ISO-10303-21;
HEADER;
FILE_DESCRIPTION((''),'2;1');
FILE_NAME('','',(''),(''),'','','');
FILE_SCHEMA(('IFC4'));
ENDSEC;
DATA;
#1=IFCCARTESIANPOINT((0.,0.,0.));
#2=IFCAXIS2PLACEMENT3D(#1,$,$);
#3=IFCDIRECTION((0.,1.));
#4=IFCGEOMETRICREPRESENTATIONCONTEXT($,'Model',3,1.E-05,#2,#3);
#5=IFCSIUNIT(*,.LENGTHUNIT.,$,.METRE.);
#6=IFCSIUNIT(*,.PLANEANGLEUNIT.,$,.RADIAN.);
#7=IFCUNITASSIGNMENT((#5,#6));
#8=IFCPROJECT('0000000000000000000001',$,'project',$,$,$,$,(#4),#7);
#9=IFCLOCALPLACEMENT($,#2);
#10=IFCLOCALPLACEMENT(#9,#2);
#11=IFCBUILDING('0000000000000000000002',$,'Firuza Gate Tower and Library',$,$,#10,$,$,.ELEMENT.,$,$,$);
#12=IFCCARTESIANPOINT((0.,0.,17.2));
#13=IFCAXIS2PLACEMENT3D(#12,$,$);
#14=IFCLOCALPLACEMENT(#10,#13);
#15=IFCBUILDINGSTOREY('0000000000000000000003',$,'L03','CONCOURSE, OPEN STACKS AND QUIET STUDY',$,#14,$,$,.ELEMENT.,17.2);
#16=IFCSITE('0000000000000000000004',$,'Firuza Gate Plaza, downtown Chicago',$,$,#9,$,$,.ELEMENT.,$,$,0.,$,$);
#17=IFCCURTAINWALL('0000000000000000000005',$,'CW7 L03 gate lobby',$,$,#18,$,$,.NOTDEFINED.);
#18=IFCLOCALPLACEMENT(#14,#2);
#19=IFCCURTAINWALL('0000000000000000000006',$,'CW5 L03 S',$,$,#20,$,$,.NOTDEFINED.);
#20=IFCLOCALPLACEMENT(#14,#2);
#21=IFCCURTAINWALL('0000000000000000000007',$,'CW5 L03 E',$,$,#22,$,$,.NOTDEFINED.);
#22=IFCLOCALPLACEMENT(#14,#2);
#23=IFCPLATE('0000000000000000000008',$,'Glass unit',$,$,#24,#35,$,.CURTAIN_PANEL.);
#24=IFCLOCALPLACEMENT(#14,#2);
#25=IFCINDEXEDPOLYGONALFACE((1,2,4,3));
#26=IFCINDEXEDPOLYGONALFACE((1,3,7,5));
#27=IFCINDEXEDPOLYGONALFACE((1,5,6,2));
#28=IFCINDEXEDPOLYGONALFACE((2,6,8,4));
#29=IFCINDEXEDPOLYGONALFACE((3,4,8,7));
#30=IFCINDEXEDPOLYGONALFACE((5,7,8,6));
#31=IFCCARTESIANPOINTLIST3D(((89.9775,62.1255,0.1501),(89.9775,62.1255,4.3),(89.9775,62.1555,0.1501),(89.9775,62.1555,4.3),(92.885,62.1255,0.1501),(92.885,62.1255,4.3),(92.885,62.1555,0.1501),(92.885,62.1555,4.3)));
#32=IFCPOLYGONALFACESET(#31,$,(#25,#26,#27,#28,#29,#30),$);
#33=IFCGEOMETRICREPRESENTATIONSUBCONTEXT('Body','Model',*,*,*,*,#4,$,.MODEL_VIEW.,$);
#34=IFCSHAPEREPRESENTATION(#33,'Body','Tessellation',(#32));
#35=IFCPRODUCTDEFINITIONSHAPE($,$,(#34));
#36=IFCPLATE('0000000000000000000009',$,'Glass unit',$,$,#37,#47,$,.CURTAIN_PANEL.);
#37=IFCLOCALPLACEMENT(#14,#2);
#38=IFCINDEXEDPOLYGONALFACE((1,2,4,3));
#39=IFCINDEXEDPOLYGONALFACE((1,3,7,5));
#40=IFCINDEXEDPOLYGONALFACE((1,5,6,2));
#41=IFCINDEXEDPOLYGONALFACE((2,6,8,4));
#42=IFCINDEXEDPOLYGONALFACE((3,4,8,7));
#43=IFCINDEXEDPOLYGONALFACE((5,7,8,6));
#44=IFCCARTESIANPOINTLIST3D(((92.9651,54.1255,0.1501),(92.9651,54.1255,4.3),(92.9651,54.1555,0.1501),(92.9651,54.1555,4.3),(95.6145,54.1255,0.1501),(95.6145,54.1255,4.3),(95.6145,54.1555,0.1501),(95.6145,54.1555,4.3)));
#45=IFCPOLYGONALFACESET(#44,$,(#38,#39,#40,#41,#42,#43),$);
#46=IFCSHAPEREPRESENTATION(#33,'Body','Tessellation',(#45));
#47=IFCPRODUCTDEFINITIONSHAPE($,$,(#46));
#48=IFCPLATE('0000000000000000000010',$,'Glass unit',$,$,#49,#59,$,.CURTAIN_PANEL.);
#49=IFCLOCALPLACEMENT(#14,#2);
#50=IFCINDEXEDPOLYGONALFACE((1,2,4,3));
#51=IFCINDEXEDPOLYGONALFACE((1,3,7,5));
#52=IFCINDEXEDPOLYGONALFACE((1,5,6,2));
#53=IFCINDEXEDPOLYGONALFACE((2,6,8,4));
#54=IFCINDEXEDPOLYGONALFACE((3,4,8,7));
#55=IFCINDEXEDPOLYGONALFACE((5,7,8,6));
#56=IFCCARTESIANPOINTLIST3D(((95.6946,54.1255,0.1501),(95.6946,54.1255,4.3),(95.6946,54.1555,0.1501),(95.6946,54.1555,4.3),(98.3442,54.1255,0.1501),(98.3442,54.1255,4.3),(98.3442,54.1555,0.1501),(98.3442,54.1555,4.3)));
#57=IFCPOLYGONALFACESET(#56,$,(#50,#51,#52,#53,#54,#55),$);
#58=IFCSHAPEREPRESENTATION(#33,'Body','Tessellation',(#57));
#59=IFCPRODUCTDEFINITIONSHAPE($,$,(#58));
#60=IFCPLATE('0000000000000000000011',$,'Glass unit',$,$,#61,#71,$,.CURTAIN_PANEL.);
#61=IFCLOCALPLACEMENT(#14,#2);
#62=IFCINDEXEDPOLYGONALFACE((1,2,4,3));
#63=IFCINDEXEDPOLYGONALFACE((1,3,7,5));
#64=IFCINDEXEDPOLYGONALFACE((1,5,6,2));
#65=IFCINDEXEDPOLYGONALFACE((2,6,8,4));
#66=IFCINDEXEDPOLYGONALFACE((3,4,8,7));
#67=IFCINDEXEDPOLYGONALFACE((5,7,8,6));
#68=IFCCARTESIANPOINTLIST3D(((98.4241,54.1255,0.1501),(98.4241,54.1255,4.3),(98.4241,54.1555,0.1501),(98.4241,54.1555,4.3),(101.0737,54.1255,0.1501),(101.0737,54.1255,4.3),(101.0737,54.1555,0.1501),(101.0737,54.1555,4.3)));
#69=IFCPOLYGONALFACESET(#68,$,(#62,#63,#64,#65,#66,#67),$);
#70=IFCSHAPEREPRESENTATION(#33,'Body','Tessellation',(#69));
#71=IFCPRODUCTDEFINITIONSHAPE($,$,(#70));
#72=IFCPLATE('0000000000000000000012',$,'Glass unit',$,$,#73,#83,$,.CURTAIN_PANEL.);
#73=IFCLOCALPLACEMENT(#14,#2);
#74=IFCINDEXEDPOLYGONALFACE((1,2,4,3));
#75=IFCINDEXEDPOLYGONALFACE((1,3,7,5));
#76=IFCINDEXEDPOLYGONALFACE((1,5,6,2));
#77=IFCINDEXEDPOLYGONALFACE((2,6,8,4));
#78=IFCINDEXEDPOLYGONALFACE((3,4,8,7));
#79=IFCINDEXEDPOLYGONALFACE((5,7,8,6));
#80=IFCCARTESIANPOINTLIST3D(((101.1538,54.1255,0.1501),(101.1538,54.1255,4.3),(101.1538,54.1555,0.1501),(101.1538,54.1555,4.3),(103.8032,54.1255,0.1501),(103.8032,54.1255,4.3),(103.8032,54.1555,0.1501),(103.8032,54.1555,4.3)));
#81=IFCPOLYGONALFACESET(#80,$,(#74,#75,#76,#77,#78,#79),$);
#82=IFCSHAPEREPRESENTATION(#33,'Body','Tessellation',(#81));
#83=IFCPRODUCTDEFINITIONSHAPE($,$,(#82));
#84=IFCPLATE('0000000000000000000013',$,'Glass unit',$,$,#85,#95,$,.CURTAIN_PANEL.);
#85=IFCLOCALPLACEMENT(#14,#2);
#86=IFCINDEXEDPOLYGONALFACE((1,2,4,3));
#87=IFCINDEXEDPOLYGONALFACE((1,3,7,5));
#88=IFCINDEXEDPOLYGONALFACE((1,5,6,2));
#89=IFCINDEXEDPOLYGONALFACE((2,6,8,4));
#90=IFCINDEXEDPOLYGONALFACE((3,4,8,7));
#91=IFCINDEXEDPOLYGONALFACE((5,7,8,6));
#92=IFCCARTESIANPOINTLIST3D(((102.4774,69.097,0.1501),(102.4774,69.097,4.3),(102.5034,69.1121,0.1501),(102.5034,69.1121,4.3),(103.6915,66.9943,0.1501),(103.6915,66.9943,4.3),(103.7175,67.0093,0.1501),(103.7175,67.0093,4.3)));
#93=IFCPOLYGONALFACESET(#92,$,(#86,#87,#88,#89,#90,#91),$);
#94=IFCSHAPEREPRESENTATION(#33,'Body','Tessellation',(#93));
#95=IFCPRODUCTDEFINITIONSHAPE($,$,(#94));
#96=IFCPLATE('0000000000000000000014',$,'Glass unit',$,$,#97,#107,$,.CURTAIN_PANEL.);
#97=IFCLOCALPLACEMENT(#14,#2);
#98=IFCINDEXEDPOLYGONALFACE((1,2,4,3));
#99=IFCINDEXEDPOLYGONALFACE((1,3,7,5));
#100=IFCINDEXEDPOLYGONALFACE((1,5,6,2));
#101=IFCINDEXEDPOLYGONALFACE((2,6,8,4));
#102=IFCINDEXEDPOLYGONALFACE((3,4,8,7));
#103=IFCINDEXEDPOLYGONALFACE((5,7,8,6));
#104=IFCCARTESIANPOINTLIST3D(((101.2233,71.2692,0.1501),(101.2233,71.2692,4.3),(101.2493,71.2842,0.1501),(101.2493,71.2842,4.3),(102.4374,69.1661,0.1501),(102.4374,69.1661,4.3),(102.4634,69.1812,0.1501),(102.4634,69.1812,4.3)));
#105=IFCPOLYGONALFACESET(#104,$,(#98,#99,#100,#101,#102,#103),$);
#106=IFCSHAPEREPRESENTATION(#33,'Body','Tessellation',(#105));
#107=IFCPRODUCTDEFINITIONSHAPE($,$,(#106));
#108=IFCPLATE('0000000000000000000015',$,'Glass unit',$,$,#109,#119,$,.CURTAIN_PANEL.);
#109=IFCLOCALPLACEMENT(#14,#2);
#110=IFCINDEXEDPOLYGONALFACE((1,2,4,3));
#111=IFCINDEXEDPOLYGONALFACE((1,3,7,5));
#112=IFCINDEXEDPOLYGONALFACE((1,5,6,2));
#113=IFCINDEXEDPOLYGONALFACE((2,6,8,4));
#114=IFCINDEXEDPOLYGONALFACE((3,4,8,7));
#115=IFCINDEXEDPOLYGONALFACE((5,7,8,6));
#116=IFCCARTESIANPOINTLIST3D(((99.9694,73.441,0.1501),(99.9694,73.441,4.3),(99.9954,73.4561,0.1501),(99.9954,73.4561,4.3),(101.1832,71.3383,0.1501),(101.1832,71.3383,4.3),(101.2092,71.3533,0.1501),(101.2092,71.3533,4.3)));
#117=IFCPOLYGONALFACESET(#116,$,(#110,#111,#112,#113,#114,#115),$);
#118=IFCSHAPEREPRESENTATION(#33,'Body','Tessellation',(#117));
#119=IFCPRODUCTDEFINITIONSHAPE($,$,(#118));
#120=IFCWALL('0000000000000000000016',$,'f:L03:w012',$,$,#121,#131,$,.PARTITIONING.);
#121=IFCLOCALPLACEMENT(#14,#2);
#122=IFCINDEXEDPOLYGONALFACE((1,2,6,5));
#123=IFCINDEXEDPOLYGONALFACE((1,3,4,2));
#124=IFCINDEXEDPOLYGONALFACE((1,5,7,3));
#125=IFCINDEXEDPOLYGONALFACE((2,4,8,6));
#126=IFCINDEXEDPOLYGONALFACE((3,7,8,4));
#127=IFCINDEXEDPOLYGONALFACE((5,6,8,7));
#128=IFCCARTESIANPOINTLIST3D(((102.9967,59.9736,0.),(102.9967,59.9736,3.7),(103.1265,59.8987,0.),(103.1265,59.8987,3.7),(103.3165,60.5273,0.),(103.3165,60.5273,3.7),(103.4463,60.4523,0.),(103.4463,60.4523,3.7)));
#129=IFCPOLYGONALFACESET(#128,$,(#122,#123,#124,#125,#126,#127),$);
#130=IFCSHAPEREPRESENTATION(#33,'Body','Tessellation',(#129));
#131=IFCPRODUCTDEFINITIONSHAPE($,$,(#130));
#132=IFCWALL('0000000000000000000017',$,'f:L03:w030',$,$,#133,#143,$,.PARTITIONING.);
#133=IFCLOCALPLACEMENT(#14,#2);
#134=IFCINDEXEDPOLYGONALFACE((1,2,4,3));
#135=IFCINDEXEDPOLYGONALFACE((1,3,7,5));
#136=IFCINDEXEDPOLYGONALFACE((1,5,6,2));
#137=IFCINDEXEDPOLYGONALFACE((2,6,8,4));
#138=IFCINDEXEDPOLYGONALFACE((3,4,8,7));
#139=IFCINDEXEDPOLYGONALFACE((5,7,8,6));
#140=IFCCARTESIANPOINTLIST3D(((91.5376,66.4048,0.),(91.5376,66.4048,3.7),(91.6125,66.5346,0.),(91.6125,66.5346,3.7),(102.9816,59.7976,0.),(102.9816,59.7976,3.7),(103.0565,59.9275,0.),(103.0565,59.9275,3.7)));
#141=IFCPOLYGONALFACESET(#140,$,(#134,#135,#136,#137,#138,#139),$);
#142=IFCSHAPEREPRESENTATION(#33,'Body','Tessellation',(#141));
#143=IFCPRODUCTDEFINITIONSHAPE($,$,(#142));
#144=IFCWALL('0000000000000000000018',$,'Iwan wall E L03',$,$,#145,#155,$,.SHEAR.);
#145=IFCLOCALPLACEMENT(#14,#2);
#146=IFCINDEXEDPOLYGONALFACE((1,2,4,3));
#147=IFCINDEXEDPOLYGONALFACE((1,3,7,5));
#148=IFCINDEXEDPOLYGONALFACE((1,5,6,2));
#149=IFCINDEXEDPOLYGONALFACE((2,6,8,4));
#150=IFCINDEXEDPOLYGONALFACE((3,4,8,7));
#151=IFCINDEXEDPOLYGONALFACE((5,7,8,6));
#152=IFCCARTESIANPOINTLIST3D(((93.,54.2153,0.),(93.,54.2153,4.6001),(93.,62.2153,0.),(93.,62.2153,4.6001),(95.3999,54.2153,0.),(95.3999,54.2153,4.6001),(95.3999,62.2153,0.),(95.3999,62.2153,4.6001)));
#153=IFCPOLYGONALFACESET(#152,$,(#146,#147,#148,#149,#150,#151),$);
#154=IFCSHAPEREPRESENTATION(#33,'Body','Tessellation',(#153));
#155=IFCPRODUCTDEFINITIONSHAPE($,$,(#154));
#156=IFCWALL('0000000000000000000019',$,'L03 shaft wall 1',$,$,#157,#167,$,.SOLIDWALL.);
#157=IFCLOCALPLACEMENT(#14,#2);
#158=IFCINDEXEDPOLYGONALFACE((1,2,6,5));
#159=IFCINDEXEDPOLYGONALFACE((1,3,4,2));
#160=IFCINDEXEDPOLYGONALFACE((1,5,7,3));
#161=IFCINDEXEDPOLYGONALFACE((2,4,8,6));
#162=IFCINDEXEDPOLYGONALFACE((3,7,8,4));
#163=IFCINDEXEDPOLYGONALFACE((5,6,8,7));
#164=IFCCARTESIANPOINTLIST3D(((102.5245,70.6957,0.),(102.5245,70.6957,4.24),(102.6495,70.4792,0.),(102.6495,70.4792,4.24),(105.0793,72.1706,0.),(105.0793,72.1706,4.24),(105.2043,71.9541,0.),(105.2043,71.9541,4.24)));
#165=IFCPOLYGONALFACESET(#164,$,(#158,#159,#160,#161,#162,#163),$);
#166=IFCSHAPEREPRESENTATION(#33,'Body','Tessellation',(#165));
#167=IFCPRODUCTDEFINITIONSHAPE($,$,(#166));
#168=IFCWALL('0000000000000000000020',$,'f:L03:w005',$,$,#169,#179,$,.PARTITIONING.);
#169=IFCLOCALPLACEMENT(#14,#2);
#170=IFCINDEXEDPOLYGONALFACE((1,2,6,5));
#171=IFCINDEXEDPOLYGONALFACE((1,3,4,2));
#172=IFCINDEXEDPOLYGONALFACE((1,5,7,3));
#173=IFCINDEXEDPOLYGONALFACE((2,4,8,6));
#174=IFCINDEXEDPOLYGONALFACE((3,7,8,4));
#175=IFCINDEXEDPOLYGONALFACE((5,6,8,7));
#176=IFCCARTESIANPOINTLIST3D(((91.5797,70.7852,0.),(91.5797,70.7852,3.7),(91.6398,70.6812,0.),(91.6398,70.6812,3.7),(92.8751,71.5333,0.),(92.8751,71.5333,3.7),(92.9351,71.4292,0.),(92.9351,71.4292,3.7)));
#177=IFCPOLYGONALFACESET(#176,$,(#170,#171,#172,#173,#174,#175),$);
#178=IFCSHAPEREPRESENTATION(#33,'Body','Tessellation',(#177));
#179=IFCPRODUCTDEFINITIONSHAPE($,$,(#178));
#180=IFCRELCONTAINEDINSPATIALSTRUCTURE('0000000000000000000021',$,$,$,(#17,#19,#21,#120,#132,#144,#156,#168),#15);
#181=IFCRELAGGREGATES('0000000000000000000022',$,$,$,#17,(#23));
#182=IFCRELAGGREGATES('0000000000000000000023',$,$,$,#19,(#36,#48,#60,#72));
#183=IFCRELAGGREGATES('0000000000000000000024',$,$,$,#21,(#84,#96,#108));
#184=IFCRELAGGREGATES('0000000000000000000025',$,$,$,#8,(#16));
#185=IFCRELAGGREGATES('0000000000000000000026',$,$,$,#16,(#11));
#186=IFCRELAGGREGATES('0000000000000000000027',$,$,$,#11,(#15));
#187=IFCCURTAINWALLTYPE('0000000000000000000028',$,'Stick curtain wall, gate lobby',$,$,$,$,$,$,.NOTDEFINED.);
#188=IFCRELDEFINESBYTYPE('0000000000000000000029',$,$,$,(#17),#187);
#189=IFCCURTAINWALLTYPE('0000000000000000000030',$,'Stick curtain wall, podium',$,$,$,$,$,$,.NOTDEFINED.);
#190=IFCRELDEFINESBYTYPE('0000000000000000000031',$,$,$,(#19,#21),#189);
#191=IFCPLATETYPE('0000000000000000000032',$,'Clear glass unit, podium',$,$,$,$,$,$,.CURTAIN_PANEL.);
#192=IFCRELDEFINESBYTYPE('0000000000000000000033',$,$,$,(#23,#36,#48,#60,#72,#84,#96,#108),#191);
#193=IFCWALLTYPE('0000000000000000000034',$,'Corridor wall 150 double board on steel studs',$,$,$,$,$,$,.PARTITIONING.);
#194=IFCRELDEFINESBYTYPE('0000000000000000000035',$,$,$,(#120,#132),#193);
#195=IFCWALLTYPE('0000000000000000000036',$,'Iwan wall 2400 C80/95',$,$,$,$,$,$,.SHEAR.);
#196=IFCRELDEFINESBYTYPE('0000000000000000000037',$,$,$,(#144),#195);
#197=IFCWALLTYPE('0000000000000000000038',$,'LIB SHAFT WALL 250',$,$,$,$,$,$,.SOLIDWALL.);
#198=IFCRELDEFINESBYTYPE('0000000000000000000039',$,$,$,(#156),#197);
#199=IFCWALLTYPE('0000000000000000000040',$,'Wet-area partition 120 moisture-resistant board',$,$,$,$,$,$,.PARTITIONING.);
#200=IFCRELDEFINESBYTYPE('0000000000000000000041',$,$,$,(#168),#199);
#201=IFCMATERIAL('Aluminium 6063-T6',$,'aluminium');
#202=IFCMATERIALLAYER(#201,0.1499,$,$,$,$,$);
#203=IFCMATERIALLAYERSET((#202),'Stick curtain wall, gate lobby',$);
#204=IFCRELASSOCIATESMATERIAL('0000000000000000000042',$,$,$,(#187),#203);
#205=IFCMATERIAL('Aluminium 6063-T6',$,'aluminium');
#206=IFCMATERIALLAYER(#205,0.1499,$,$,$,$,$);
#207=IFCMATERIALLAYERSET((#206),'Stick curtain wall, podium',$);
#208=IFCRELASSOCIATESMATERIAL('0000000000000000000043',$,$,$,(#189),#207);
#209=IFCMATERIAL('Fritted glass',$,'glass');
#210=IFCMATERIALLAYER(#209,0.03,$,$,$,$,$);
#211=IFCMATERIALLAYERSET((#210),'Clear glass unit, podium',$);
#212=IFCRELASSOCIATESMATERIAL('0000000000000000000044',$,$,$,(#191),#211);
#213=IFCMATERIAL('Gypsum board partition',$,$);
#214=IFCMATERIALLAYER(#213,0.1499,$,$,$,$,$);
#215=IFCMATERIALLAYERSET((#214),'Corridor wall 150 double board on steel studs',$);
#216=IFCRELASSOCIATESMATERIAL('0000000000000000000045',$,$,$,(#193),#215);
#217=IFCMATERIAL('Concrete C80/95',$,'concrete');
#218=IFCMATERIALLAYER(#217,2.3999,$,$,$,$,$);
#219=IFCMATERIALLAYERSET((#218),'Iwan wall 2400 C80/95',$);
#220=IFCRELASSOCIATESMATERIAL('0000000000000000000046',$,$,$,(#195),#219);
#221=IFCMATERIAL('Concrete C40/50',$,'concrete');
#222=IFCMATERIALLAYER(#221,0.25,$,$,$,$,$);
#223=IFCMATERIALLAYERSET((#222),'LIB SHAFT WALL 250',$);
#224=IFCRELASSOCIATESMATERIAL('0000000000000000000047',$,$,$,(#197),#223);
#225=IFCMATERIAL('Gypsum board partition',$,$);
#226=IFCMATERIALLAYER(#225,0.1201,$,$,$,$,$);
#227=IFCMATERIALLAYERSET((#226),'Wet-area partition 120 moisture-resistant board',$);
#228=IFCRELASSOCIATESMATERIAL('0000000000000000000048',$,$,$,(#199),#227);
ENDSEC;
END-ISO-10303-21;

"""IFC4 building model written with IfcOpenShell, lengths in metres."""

from ifc_helpers import new_model, si_unit, direction, frame, frame_2d, origin, place, context, subcontext, project, spatial, polyline, rectangle, outline, extrude, material, layer, layer_set, type_object, element, aggregate, save


model = new_model("IFC4")

# Units and contexts
model_context = context("Model", 3, precision=1e-05, world=origin(), true_north=direction((0.0, 1.0)))
body_context = subcontext(model_context, "Body", "Model", "MODEL_VIEW")
ifc_project = project(units=[si_unit("LENGTHUNIT", "METRE"), si_unit("PLANEANGLEUNIT", "RADIAN")], contexts=[model_context])

# Site, building, storey
site_placement = place(None, origin())
site = spatial("IfcSite", under=ifc_project, at=site_placement, Name="Firuza Gate Plaza, downtown Chicago", CompositionType="ELEMENT", RefElevation=0.0)
building_placement = place(site_placement, origin())
building = spatial("IfcBuilding", under=site, at=building_placement, Name="Firuza Gate Tower and Library", CompositionType="ELEMENT")
storey_placement = place(building_placement, frame((0.0, 0.0, 17.2)))
storey = spatial("IfcBuildingStorey", under=building, at=storey_placement, Name="L03", Description="CONCOURSE, OPEN STACKS AND QUIET STUDY", CompositionType="ELEMENT", Elevation=17.2)

# Curtain walls
ifc_material_1 = material(Name="Aluminium 6063-T6", Category="aluminium")
ifc_layer_1 = layer(ifc_material_1, 0.1499)
ifc_layer_set_1 = layer_set([ifc_layer_1], Name="Stick curtain wall, gate lobby")
curtain_wall_type_1 = type_object("IfcCurtainWallType", Name="Stick curtain wall, gate lobby", PredefinedType="NOTDEFINED", material=ifc_layer_set_1)
placement = place(storey_placement, origin())
curtain_wall_1 = element("IfcCurtainWall", 1, at=placement, inside=storey, type_object=curtain_wall_type_1, Name="CW7 L03 gate lobby", PredefinedType="NOTDEFINED")
ifc_material_2 = material(Name="Aluminium 6063-T6", Category="aluminium")
ifc_layer_2 = layer(ifc_material_2, 0.1499)
ifc_layer_set_2 = layer_set([ifc_layer_2], Name="Stick curtain wall, podium")
curtain_wall_type_2 = type_object("IfcCurtainWallType", Name="Stick curtain wall, podium", PredefinedType="NOTDEFINED", material=ifc_layer_set_2)
curtain_wall_2 = element("IfcCurtainWall", 2, at=placement, inside=storey, type_object=curtain_wall_type_2, Name="CW5 L03 S", PredefinedType="NOTDEFINED")
curtain_wall_3 = element("IfcCurtainWall", 3, at=placement, inside=storey, type_object=curtain_wall_type_2, Name="CW5 L03 E", PredefinedType="NOTDEFINED")

# Plates
ifc_material_3 = material(Name="Fritted glass", Category="glass")
ifc_layer_3 = layer(ifc_material_3, 0.03)
ifc_layer_set_3 = layer_set([ifc_layer_3], Name="Clear glass unit, podium")
plate_type = type_object("IfcPlateType", Name="Clear glass unit, podium", PredefinedType="CURTAIN_PANEL", material=ifc_layer_set_3)
plate_1_placement = place(storey_placement, frame((89.9775, 62.1255, 0.1501), z_axis=(0.0, -1.0, 0.0), x_axis=(1.0, 0.0, 0.0)))
plate_1 = element("IfcPlate", 4, at=plate_1_placement, type_object=plate_type, Name="Glass unit", PredefinedType="CURTAIN_PANEL", context=body_context, shape_type="SweptSolid", body=[
    extrude(outline(polyline([(0.0, 0.0), (2.9075, 0.0), (2.9075, 4.1499), (0.0, 4.1499), (0.0, 0.0)])), origin(), (0.0, 0.0, -1.0), 0.03),
])
aggregate(curtain_wall_1, [plate_1])
plate_2_placement = place(storey_placement, frame((92.9651, 54.1255, 0.1501), z_axis=(0.0, -1.0, 0.0), x_axis=(1.0, 0.0, 0.0)))
plate_2 = element("IfcPlate", 5, at=plate_2_placement, type_object=plate_type, Name="Glass unit", PredefinedType="CURTAIN_PANEL", context=body_context, shape_type="SweptSolid", body=[
    extrude(outline(polyline([(0.0, 0.0), (2.6494, 0.0), (2.6494, 4.1499), (0.0, 4.1499), (0.0, 0.0)])), origin(), (0.0, 0.0, -1.0), 0.03),
])
plate_3_placement = place(storey_placement, frame((95.6946, 54.1255, 0.1501), z_axis=(0.0, -1.0, 0.0), x_axis=(1.0, 0.0, 0.0)))
plate_3 = element("IfcPlate", 6, at=plate_3_placement, type_object=plate_type, Name="Glass unit", PredefinedType="CURTAIN_PANEL", context=body_context, shape_type="SweptSolid", body=[
    extrude(outline(polyline([(0.0, 0.0), (2.6497, 0.0), (2.6497, 4.1499), (0.0, 4.1499), (0.0, 0.0)])), origin(), (0.0, 0.0, -1.0), 0.03),
])
plate_4_placement = place(storey_placement, frame((98.4241, 54.1255, 0.1501), z_axis=(0.0, -1.0, 0.0), x_axis=(1.0, 0.0, 0.0)))
plate_4 = element("IfcPlate", 7, at=plate_4_placement, type_object=plate_type, Name="Glass unit", PredefinedType="CURTAIN_PANEL", context=body_context, shape_type="SweptSolid", body=[
    extrude(outline(polyline([(0.0, 0.0), (2.6497, 0.0), (2.6497, 4.1499), (0.0, 4.1499), (0.0, 0.0)])), origin(), (0.0, 0.0, -1.0), 0.03),
])
plate_5_placement = place(storey_placement, frame((101.1538, 54.1255, 0.1501), z_axis=(0.0, -1.0, 0.0), x_axis=(1.0, 0.0, 0.0)))
plate_5 = element("IfcPlate", 8, at=plate_5_placement, type_object=plate_type, Name="Glass unit", PredefinedType="CURTAIN_PANEL", context=body_context, shape_type="SweptSolid", body=[
    extrude(outline(polyline([(0.0, 0.0), (2.6494, 0.0), (2.6494, 4.1499), (0.0, 4.1499), (0.0, 0.0)])), origin(), (0.0, 0.0, -1.0), 0.03),
])
aggregate(curtain_wall_2, [plate_2, plate_3, plate_4, plate_5])
plate_6_placement = place(storey_placement, frame((103.7175, 67.0093, 0.1501), z_axis=(0.866013, 0.500021, 0.0), x_axis=(-0.500021, 0.866013, 0.0)))
plate_6 = element("IfcPlate", 9, at=plate_6_placement, type_object=plate_type, Name="Glass unit", PredefinedType="CURTAIN_PANEL", context=body_context, shape_type="SweptSolid", body=[
    extrude(outline(polyline([(0.0, 0.0), (2.4281, 0.0), (2.4281, 4.1499), (0.0, 4.1499), (0.0, 0.0)])), origin(), (0.0, 0.0, -1.0), 0.03),
])
plate_7_placement = place(storey_placement, frame((102.4634, 69.1812, 0.1501), z_axis=(0.866038, 0.499978, 0.0), x_axis=(-0.499978, 0.866038, 0.0)))
plate_7 = element("IfcPlate", 10, at=plate_7_placement, type_object=plate_type, Name="Glass unit", PredefinedType="CURTAIN_PANEL", context=body_context, shape_type="SweptSolid", body=[
    extrude(outline(polyline([(0.0, 0.0), (2.4283, 0.0), (2.4283, 4.1499), (0.0, 4.1499), (0.0, 0.0)])), origin(), (0.0, 0.0, -1.0), 0.03),
])
plate_8_placement = place(storey_placement, frame((101.2092, 71.3533, 0.1501), z_axis=(0.866057, 0.499946, 0.0), x_axis=(-0.499946, 0.866057, 0.0)))
plate_8 = element("IfcPlate", 11, at=plate_8_placement, type_object=plate_type, Name="Glass unit", PredefinedType="CURTAIN_PANEL", context=body_context, shape_type="SweptSolid", body=[
    extrude(outline(polyline([(0.0, 0.0), (2.428, 0.0), (2.428, 4.1499), (0.0, 4.1499), (0.0, 0.0)])), origin(), (0.0, 0.0, -1.0), 0.03),
])
aggregate(curtain_wall_3, [plate_6, plate_7, plate_8])

# Walls
ifc_material_4 = material(Name="Gypsum board partition")
ifc_layer_4 = layer(ifc_material_4, 0.1499)
ifc_layer_set_4 = layer_set([ifc_layer_4], Name="Corridor wall 150 double board on steel studs")
wall_type_1 = type_object("IfcWallType", Name="Corridor wall 150 double board on steel studs", PredefinedType="PARTITIONING", material=ifc_layer_set_4)
wall_1_placement = place(storey_placement, frame((103.0615, 59.936, 0.0), z_axis=(0.0, 0.0, 1.0), x_axis=(0.500163, 0.865931, 0.0)))
element("IfcWall", 12, at=wall_1_placement, inside=storey, type_object=wall_type_1, Name="f:L03:w012", PredefinedType="PARTITIONING", context=body_context, shape_type="SweptSolid", body=[
    extrude(rectangle(XDim=0.6394, YDim=0.1499, at=frame_2d((0.3198, 0.0))), origin(), (0.0, 0.0, 1.0), 3.7),
])
wall_2_placement = place(storey_placement, frame((103.019, 59.8625, 0.0), z_axis=(0.0, 0.0, 1.0), x_axis=(-0.866028, 0.499996, 0.0)))
element("IfcWall", 13, at=wall_2_placement, inside=storey, type_object=wall_type_1, Name="f:L03:w030", PredefinedType="PARTITIONING", context=body_context, shape_type="SweptSolid", body=[
    extrude(rectangle(XDim=13.2144, YDim=0.1499, at=frame_2d((6.6072, 0.0))), origin(), (0.0, 0.0, 1.0), 3.7),
])
ifc_material_5 = material(Name="Concrete C80/95", Category="concrete")
ifc_layer_5 = layer(ifc_material_5, 2.3999)
ifc_layer_set_5 = layer_set([ifc_layer_5], Name="Iwan wall 2400 C80/95")
wall_type_2 = type_object("IfcWallType", Name="Iwan wall 2400 C80/95", PredefinedType="SHEAR", material=ifc_layer_set_5)
wall_3_placement = place(storey_placement, frame((94.2, 54.2153, 0.0), z_axis=(0.0, 0.0, 1.0), x_axis=(0.0, 1.0, 0.0)))
element("IfcWall", 14, at=wall_3_placement, inside=storey, type_object=wall_type_2, Name="Iwan wall E L03", PredefinedType="SHEAR", context=body_context, shape_type="SweptSolid", body=[
    extrude(rectangle(XDim=8.0, YDim=2.3999, at=frame_2d((4.0, 0.0))), origin(), (0.0, 0.0, 1.0), 4.6001),
])
ifc_material_6 = material(Name="Concrete C40/50", Category="concrete")
ifc_layer_6 = layer(ifc_material_6, 0.25)
ifc_layer_set_6 = layer_set([ifc_layer_6], Name="LIB SHAFT WALL 250")
wall_type_3 = type_object("IfcWallType", Name="LIB SHAFT WALL 250", PredefinedType="SOLIDWALL", material=ifc_layer_set_6)
wall_4_placement = place(storey_placement, frame((102.5869, 70.5874, 0.0), z_axis=(0.0, 0.0, 1.0), x_axis=(0.866039, 0.499976, 0.0)))
element("IfcWall", 15, at=wall_4_placement, inside=storey, type_object=wall_type_3, Name="L03 shaft wall 1", PredefinedType="SOLIDWALL", context=body_context, shape_type="SweptSolid", body=[
    extrude(rectangle(XDim=2.95, YDim=0.25, at=frame_2d((1.4751, 0.0))), origin(), (0.0, 0.0, 1.0), 4.24),
])
ifc_material_7 = material(Name="Gypsum board partition")
ifc_layer_7 = layer(ifc_material_7, 0.1201)
ifc_layer_set_7 = layer_set([ifc_layer_7], Name="Wet-area partition 120 moisture-resistant board")
wall_type_4 = type_object("IfcWallType", Name="Wet-area partition 120 moisture-resistant board", PredefinedType="PARTITIONING", material=ifc_layer_set_7)
wall_5_placement = place(storey_placement, frame((91.6096, 70.7332, 0.0), z_axis=(0.0, 0.0, 1.0), x_axis=(0.865984, 0.500071, 0.0)))
element("IfcWall", 16, at=wall_5_placement, inside=storey, type_object=wall_type_4, Name="f:L03:w005", PredefinedType="PARTITIONING", context=body_context, shape_type="SweptSolid", body=[
    extrude(rectangle(XDim=1.4958, YDim=0.1201, at=frame_2d((0.748, 0.0))), origin(), (0.0, 0.0, 1.0), 3.7),
])

save(model, "model.ifc")
